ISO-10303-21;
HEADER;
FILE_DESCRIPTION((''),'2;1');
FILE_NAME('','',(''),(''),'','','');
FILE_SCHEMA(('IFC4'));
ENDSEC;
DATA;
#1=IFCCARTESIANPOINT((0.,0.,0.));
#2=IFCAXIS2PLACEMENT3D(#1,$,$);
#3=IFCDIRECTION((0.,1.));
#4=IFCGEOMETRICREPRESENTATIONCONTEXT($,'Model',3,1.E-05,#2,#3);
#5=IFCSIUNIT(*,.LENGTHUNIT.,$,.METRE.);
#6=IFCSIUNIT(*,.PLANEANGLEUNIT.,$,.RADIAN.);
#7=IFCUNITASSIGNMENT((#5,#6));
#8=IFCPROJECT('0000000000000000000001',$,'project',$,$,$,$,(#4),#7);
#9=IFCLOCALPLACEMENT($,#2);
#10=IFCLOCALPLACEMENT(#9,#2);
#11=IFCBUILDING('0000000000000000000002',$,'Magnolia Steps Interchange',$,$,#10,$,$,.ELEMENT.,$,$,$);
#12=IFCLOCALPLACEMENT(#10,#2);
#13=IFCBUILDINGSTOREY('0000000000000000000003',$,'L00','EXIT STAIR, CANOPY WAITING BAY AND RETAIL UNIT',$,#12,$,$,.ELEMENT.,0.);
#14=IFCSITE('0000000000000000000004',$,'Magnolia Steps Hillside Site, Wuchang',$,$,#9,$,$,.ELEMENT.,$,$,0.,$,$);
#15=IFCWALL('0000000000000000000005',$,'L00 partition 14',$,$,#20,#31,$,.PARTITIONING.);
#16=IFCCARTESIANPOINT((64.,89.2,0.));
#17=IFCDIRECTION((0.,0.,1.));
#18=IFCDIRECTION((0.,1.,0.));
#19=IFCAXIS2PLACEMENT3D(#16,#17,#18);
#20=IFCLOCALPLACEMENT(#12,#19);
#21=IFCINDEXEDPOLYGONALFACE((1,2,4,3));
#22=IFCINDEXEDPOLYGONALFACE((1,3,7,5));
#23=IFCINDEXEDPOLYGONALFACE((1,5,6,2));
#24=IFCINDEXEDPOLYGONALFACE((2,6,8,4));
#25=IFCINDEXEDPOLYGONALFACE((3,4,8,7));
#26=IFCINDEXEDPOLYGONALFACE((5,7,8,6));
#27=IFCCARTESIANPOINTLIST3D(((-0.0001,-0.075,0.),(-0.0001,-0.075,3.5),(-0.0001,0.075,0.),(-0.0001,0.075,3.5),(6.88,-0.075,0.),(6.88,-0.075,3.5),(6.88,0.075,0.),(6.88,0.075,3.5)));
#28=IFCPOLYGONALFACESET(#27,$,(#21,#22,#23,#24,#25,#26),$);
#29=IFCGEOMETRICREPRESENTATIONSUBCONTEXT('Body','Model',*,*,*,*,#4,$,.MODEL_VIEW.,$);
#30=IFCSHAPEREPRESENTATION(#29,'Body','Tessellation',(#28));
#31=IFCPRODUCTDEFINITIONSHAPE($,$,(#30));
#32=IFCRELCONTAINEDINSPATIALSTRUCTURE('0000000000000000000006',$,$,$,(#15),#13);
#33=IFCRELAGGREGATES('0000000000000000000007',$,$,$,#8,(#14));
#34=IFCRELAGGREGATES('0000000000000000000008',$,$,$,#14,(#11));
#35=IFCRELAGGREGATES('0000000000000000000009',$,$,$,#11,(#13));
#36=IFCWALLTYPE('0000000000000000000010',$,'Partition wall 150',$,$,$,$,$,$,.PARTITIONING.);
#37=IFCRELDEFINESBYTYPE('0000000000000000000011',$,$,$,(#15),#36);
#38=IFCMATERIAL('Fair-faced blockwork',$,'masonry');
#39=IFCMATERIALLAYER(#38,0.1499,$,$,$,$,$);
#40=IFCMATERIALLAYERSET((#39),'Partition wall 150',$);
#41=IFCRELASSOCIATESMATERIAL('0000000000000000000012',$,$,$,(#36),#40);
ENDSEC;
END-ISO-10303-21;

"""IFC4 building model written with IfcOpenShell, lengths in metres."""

from ifc_helpers import new_model, si_unit, direction, frame, frame_2d, origin, place, context, subcontext, project, spatial, rectangle, extrude, material, layer, layer_set, type_object, element, save


model = new_model("IFC4")

# Units and contexts
model_context = context("Model", 3, precision=1e-05, world=origin(), true_north=direction((0.0, 1.0)))
body_context = subcontext(model_context, "Body", "Model", "MODEL_VIEW")
ifc_project = project(units=[si_unit("LENGTHUNIT", "METRE"), si_unit("PLANEANGLEUNIT", "RADIAN")], contexts=[model_context])

# Site, building, storey
site_placement = place(None, origin())
site = spatial("IfcSite", under=ifc_project, at=site_placement, Name="Magnolia Steps Hillside Site, Wuchang", CompositionType="ELEMENT", RefElevation=0.0)
building_placement = place(site_placement, origin())
building = spatial("IfcBuilding", under=site, at=building_placement, Name="Magnolia Steps Interchange", CompositionType="ELEMENT")
storey_placement = place(building_placement, origin())
storey = spatial("IfcBuildingStorey", under=building, at=storey_placement, Name="L00", Description="EXIT STAIR, CANOPY WAITING BAY AND RETAIL UNIT", CompositionType="ELEMENT", Elevation=0.0)

# Shared definitions
ifc_material_1 = material(Name="Fair-faced blockwork", Category="masonry")
ifc_layer_1 = layer(ifc_material_1, 0.1499)
ifc_layer_set_1 = layer_set([ifc_layer_1], Name="Partition wall 150")
wall_type_1 = type_object("IfcWallType", Name="Partition wall 150", PredefinedType="PARTITIONING", material=ifc_layer_set_1)

# Wall
wall_1_placement = place(storey_placement, frame((64.0, 89.2, 0.0), z_axis=(0.0, 0.0, 1.0), x_axis=(0.0, 1.0, 0.0)))
element("IfcWall", 1, at=wall_1_placement, inside=storey, type_object=wall_type_1, Name="L00 partition 14", PredefinedType="PARTITIONING", context=body_context, shape_type="SweptSolid", body=[
    extrude(rectangle(XDim=6.8801, YDim=0.1499, at=frame_2d((3.4399, 0.0))), origin(), (0.0, 0.0, 1.0), 3.5),
])

save(model, "model.ifc")
